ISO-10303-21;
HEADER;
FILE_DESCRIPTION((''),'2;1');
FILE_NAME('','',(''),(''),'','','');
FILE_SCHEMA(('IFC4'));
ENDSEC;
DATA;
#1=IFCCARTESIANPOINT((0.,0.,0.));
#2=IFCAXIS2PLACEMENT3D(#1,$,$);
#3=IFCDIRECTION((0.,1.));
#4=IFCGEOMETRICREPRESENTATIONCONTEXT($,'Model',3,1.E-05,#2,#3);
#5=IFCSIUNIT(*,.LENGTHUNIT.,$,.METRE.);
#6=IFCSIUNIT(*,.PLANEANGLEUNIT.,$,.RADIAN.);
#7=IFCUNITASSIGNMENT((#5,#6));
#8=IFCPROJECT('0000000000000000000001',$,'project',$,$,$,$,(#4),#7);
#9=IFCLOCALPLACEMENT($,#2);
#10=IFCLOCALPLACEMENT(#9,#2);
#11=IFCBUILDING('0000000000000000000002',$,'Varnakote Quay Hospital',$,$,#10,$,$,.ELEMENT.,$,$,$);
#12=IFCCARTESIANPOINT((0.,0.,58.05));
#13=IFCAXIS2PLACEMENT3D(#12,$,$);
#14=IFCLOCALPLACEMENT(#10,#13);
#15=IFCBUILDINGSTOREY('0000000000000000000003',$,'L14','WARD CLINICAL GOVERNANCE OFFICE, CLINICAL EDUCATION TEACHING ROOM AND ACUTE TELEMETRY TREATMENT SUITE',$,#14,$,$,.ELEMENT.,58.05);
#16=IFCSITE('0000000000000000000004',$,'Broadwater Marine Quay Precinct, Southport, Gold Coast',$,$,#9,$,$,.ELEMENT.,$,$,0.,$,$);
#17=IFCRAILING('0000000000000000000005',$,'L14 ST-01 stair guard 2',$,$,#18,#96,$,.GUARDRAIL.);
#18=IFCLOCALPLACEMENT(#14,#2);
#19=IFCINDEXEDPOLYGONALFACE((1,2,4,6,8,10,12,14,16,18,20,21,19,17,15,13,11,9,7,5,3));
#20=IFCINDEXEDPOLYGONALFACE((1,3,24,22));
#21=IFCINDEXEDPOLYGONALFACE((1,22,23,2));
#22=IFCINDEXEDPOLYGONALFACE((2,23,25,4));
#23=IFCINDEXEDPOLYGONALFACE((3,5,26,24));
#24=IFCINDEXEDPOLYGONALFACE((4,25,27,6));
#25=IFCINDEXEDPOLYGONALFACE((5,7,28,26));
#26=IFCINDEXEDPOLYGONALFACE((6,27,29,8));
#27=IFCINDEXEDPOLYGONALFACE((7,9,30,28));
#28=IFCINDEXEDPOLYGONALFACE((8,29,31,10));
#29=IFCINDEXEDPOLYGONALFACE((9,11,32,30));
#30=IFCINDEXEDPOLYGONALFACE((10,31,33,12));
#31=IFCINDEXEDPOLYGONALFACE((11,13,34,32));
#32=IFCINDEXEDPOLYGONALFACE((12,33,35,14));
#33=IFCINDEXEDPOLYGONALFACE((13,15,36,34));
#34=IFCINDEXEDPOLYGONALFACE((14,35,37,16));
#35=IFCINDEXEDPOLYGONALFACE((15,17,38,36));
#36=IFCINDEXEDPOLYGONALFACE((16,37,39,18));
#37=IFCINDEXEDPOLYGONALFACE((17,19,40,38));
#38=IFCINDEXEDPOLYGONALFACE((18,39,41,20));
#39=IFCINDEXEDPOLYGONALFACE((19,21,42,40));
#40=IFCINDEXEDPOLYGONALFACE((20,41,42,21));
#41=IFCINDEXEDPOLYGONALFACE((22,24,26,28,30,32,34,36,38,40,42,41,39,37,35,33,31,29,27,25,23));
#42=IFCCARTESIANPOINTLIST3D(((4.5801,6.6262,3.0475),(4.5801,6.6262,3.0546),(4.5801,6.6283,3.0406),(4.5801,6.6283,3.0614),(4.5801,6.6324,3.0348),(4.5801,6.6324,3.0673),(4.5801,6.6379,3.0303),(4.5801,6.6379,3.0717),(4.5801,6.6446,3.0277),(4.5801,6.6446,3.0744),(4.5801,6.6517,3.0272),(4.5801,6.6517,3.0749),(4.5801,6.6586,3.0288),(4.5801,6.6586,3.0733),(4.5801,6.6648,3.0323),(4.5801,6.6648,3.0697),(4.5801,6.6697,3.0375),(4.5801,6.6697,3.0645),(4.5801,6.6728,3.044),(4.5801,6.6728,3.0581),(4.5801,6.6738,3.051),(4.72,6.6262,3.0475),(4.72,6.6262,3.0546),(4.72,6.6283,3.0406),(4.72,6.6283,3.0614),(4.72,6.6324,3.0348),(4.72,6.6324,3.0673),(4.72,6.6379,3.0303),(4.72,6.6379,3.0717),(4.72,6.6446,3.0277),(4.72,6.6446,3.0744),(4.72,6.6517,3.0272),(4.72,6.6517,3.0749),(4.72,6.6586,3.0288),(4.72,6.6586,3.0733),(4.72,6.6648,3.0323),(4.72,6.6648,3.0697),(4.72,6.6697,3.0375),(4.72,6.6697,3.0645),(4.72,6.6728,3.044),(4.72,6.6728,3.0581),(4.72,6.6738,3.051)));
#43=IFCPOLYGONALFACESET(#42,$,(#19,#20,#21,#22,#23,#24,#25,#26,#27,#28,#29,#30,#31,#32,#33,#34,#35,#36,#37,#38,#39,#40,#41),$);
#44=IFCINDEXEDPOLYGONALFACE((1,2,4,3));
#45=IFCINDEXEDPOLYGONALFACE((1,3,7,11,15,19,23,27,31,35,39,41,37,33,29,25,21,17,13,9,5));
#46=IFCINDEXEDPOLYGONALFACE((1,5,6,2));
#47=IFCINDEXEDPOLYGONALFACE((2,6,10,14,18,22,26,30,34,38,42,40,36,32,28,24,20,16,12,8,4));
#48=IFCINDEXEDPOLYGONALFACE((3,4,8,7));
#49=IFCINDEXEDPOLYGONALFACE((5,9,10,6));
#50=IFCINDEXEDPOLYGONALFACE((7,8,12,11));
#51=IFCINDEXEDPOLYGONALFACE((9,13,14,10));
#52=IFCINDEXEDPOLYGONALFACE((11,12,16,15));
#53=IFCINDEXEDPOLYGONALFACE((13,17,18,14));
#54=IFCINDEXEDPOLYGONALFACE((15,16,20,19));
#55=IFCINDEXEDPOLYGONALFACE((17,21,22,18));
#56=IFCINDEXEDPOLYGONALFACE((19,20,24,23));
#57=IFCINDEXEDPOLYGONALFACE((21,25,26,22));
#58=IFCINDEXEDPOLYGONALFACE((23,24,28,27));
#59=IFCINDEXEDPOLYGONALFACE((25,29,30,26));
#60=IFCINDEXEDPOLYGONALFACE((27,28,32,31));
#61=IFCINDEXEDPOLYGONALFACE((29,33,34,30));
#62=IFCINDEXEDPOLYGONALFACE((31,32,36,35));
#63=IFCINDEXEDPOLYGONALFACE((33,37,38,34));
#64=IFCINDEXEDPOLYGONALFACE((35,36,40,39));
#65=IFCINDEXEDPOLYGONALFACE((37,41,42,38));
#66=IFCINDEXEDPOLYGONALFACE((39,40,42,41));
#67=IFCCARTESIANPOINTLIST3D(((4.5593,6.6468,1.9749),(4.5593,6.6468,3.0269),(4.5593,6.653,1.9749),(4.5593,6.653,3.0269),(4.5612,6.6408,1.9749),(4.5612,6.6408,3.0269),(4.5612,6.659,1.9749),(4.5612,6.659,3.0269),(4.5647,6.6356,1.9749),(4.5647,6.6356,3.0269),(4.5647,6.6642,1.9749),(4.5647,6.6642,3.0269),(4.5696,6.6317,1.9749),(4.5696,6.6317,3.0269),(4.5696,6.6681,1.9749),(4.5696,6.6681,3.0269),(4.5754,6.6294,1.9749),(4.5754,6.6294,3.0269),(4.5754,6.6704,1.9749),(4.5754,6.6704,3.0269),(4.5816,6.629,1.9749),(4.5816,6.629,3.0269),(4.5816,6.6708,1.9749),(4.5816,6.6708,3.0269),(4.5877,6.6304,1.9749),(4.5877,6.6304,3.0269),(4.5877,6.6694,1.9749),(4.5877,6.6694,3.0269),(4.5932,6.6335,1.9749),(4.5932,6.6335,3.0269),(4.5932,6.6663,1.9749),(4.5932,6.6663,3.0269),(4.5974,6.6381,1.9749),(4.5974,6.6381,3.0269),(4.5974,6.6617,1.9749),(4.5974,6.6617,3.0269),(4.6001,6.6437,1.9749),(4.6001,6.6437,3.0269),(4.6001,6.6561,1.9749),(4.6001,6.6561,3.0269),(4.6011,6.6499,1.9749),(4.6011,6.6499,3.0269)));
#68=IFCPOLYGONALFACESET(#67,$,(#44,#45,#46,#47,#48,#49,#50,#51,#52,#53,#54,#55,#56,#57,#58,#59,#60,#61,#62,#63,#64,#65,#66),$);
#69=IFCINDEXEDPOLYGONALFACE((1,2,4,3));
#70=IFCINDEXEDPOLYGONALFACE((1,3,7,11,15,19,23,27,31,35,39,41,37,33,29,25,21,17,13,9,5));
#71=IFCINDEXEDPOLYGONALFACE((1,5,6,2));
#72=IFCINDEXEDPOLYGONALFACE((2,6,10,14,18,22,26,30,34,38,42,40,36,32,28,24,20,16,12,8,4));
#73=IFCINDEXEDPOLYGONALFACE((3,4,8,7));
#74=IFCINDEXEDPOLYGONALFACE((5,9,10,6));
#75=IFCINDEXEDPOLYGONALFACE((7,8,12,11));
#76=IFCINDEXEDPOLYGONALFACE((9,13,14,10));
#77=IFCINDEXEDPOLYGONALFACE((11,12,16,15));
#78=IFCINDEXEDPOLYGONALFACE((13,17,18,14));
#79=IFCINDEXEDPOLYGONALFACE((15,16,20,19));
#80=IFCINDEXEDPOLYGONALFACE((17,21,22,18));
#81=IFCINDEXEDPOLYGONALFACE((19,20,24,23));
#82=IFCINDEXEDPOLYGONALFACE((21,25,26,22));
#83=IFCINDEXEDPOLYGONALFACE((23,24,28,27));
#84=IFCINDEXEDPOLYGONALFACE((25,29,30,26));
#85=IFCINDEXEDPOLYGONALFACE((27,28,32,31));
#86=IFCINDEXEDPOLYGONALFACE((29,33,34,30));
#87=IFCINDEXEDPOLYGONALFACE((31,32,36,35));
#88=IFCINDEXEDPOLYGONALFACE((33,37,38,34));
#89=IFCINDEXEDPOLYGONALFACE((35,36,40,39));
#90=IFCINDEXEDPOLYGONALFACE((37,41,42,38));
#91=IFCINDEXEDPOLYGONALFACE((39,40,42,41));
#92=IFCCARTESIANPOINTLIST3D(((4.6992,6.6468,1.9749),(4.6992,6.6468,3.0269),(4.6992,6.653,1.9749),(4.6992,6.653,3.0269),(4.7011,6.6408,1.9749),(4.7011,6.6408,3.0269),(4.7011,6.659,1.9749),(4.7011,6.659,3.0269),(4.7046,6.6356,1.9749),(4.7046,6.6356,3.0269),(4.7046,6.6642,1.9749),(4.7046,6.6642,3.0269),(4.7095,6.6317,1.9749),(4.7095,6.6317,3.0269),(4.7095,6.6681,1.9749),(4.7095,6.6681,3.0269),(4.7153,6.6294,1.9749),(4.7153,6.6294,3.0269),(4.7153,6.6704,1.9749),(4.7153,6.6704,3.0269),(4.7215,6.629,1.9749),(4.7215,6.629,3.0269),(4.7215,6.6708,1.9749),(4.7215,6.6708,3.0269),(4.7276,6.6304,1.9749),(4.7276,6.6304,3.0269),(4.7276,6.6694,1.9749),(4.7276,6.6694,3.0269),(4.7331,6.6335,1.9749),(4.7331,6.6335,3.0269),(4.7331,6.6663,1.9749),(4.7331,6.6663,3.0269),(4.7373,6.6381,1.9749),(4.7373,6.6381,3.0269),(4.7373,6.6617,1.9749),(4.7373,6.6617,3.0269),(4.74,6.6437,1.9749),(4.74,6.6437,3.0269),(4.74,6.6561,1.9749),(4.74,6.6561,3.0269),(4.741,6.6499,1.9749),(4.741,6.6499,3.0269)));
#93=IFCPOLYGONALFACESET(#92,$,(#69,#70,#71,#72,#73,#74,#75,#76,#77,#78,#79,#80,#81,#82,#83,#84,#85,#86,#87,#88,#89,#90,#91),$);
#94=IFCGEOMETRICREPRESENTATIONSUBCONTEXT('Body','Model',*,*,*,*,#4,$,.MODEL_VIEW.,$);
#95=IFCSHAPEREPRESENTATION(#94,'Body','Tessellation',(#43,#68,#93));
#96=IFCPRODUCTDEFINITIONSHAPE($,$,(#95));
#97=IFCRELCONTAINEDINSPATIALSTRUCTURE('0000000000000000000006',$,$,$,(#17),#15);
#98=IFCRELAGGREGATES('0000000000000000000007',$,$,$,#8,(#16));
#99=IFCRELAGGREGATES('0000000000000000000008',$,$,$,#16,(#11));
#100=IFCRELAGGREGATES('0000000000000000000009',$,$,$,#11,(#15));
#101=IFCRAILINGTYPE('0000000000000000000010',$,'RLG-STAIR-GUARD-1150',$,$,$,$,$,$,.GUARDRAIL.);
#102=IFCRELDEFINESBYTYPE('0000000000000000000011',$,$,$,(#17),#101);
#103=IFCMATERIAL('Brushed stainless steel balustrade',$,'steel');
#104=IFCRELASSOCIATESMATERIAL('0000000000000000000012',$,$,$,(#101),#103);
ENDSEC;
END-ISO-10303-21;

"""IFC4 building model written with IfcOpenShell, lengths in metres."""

from ifc_helpers import new_model, si_unit, direction, frame, origin, origin_2d, place, context, subcontext, project, spatial, circle, extrude, material, type_object, element, save


model = new_model("IFC4")

# Units and contexts
model_context = context("Model", 3, precision=1e-05, world=origin(), true_north=direction((0.0, 1.0)))
body_context = subcontext(model_context, "Body", "Model", "MODEL_VIEW")
ifc_project = project(units=[si_unit("LENGTHUNIT", "METRE"), si_unit("PLANEANGLEUNIT", "RADIAN")], contexts=[model_context])

# Site, building, storey
site_placement = place(None, origin())
site = spatial("IfcSite", under=ifc_project, at=site_placement, Name="Broadwater Marine Quay Precinct, Southport, Gold Coast", CompositionType="ELEMENT", RefElevation=0.0)
building_placement = place(site_placement, origin())
building = spatial("IfcBuilding", under=site, at=building_placement, Name="Varnakote Quay Hospital", CompositionType="ELEMENT")
storey_placement = place(building_placement, frame((0.0, 0.0, 58.05)))
storey = spatial("IfcBuildingStorey", under=building, at=storey_placement, Name="L14", Description="WARD CLINICAL GOVERNANCE OFFICE, CLINICAL EDUCATION TEACHING ROOM AND ACUTE TELEMETRY TREATMENT SUITE", CompositionType="ELEMENT", Elevation=58.05)

# Railing
ifc_material_1 = material(Name="Brushed stainless steel balustrade", Category="steel")
railing_type_1 = type_object("IfcRailingType", Name="RLG-STAIR-GUARD-1150", PredefinedType="GUARDRAIL", material=ifc_material_1)
railing_1_placement = place(storey_placement, frame((4.5801, 6.6499, 1.9749)))
element("IfcRailing", 1, at=railing_1_placement, inside=storey, type_object=railing_type_1, Name="L14 ST-01 stair guard 2", PredefinedType="GUARDRAIL", context=body_context, shape_type="SweptSolid", body=[
    extrude(circle(Radius=0.0239, at=origin_2d()), frame((0.0, 0.0, 1.0762), z_axis=(1.0, 0.0, 0.0), x_axis=(0.0, 1.0, 0.0)), (0.0, 0.0, 1.0), 0.1399),
    extrude(circle(Radius=0.021, at=origin_2d()), origin(), (0.0, 0.0, 1.0), 1.052),
    extrude(circle(Radius=0.021, at=origin_2d()), frame((0.1399, 0.0, 0.0)), (0.0, 0.0, 1.0), 1.052),
])

save(model, "model.ifc")
